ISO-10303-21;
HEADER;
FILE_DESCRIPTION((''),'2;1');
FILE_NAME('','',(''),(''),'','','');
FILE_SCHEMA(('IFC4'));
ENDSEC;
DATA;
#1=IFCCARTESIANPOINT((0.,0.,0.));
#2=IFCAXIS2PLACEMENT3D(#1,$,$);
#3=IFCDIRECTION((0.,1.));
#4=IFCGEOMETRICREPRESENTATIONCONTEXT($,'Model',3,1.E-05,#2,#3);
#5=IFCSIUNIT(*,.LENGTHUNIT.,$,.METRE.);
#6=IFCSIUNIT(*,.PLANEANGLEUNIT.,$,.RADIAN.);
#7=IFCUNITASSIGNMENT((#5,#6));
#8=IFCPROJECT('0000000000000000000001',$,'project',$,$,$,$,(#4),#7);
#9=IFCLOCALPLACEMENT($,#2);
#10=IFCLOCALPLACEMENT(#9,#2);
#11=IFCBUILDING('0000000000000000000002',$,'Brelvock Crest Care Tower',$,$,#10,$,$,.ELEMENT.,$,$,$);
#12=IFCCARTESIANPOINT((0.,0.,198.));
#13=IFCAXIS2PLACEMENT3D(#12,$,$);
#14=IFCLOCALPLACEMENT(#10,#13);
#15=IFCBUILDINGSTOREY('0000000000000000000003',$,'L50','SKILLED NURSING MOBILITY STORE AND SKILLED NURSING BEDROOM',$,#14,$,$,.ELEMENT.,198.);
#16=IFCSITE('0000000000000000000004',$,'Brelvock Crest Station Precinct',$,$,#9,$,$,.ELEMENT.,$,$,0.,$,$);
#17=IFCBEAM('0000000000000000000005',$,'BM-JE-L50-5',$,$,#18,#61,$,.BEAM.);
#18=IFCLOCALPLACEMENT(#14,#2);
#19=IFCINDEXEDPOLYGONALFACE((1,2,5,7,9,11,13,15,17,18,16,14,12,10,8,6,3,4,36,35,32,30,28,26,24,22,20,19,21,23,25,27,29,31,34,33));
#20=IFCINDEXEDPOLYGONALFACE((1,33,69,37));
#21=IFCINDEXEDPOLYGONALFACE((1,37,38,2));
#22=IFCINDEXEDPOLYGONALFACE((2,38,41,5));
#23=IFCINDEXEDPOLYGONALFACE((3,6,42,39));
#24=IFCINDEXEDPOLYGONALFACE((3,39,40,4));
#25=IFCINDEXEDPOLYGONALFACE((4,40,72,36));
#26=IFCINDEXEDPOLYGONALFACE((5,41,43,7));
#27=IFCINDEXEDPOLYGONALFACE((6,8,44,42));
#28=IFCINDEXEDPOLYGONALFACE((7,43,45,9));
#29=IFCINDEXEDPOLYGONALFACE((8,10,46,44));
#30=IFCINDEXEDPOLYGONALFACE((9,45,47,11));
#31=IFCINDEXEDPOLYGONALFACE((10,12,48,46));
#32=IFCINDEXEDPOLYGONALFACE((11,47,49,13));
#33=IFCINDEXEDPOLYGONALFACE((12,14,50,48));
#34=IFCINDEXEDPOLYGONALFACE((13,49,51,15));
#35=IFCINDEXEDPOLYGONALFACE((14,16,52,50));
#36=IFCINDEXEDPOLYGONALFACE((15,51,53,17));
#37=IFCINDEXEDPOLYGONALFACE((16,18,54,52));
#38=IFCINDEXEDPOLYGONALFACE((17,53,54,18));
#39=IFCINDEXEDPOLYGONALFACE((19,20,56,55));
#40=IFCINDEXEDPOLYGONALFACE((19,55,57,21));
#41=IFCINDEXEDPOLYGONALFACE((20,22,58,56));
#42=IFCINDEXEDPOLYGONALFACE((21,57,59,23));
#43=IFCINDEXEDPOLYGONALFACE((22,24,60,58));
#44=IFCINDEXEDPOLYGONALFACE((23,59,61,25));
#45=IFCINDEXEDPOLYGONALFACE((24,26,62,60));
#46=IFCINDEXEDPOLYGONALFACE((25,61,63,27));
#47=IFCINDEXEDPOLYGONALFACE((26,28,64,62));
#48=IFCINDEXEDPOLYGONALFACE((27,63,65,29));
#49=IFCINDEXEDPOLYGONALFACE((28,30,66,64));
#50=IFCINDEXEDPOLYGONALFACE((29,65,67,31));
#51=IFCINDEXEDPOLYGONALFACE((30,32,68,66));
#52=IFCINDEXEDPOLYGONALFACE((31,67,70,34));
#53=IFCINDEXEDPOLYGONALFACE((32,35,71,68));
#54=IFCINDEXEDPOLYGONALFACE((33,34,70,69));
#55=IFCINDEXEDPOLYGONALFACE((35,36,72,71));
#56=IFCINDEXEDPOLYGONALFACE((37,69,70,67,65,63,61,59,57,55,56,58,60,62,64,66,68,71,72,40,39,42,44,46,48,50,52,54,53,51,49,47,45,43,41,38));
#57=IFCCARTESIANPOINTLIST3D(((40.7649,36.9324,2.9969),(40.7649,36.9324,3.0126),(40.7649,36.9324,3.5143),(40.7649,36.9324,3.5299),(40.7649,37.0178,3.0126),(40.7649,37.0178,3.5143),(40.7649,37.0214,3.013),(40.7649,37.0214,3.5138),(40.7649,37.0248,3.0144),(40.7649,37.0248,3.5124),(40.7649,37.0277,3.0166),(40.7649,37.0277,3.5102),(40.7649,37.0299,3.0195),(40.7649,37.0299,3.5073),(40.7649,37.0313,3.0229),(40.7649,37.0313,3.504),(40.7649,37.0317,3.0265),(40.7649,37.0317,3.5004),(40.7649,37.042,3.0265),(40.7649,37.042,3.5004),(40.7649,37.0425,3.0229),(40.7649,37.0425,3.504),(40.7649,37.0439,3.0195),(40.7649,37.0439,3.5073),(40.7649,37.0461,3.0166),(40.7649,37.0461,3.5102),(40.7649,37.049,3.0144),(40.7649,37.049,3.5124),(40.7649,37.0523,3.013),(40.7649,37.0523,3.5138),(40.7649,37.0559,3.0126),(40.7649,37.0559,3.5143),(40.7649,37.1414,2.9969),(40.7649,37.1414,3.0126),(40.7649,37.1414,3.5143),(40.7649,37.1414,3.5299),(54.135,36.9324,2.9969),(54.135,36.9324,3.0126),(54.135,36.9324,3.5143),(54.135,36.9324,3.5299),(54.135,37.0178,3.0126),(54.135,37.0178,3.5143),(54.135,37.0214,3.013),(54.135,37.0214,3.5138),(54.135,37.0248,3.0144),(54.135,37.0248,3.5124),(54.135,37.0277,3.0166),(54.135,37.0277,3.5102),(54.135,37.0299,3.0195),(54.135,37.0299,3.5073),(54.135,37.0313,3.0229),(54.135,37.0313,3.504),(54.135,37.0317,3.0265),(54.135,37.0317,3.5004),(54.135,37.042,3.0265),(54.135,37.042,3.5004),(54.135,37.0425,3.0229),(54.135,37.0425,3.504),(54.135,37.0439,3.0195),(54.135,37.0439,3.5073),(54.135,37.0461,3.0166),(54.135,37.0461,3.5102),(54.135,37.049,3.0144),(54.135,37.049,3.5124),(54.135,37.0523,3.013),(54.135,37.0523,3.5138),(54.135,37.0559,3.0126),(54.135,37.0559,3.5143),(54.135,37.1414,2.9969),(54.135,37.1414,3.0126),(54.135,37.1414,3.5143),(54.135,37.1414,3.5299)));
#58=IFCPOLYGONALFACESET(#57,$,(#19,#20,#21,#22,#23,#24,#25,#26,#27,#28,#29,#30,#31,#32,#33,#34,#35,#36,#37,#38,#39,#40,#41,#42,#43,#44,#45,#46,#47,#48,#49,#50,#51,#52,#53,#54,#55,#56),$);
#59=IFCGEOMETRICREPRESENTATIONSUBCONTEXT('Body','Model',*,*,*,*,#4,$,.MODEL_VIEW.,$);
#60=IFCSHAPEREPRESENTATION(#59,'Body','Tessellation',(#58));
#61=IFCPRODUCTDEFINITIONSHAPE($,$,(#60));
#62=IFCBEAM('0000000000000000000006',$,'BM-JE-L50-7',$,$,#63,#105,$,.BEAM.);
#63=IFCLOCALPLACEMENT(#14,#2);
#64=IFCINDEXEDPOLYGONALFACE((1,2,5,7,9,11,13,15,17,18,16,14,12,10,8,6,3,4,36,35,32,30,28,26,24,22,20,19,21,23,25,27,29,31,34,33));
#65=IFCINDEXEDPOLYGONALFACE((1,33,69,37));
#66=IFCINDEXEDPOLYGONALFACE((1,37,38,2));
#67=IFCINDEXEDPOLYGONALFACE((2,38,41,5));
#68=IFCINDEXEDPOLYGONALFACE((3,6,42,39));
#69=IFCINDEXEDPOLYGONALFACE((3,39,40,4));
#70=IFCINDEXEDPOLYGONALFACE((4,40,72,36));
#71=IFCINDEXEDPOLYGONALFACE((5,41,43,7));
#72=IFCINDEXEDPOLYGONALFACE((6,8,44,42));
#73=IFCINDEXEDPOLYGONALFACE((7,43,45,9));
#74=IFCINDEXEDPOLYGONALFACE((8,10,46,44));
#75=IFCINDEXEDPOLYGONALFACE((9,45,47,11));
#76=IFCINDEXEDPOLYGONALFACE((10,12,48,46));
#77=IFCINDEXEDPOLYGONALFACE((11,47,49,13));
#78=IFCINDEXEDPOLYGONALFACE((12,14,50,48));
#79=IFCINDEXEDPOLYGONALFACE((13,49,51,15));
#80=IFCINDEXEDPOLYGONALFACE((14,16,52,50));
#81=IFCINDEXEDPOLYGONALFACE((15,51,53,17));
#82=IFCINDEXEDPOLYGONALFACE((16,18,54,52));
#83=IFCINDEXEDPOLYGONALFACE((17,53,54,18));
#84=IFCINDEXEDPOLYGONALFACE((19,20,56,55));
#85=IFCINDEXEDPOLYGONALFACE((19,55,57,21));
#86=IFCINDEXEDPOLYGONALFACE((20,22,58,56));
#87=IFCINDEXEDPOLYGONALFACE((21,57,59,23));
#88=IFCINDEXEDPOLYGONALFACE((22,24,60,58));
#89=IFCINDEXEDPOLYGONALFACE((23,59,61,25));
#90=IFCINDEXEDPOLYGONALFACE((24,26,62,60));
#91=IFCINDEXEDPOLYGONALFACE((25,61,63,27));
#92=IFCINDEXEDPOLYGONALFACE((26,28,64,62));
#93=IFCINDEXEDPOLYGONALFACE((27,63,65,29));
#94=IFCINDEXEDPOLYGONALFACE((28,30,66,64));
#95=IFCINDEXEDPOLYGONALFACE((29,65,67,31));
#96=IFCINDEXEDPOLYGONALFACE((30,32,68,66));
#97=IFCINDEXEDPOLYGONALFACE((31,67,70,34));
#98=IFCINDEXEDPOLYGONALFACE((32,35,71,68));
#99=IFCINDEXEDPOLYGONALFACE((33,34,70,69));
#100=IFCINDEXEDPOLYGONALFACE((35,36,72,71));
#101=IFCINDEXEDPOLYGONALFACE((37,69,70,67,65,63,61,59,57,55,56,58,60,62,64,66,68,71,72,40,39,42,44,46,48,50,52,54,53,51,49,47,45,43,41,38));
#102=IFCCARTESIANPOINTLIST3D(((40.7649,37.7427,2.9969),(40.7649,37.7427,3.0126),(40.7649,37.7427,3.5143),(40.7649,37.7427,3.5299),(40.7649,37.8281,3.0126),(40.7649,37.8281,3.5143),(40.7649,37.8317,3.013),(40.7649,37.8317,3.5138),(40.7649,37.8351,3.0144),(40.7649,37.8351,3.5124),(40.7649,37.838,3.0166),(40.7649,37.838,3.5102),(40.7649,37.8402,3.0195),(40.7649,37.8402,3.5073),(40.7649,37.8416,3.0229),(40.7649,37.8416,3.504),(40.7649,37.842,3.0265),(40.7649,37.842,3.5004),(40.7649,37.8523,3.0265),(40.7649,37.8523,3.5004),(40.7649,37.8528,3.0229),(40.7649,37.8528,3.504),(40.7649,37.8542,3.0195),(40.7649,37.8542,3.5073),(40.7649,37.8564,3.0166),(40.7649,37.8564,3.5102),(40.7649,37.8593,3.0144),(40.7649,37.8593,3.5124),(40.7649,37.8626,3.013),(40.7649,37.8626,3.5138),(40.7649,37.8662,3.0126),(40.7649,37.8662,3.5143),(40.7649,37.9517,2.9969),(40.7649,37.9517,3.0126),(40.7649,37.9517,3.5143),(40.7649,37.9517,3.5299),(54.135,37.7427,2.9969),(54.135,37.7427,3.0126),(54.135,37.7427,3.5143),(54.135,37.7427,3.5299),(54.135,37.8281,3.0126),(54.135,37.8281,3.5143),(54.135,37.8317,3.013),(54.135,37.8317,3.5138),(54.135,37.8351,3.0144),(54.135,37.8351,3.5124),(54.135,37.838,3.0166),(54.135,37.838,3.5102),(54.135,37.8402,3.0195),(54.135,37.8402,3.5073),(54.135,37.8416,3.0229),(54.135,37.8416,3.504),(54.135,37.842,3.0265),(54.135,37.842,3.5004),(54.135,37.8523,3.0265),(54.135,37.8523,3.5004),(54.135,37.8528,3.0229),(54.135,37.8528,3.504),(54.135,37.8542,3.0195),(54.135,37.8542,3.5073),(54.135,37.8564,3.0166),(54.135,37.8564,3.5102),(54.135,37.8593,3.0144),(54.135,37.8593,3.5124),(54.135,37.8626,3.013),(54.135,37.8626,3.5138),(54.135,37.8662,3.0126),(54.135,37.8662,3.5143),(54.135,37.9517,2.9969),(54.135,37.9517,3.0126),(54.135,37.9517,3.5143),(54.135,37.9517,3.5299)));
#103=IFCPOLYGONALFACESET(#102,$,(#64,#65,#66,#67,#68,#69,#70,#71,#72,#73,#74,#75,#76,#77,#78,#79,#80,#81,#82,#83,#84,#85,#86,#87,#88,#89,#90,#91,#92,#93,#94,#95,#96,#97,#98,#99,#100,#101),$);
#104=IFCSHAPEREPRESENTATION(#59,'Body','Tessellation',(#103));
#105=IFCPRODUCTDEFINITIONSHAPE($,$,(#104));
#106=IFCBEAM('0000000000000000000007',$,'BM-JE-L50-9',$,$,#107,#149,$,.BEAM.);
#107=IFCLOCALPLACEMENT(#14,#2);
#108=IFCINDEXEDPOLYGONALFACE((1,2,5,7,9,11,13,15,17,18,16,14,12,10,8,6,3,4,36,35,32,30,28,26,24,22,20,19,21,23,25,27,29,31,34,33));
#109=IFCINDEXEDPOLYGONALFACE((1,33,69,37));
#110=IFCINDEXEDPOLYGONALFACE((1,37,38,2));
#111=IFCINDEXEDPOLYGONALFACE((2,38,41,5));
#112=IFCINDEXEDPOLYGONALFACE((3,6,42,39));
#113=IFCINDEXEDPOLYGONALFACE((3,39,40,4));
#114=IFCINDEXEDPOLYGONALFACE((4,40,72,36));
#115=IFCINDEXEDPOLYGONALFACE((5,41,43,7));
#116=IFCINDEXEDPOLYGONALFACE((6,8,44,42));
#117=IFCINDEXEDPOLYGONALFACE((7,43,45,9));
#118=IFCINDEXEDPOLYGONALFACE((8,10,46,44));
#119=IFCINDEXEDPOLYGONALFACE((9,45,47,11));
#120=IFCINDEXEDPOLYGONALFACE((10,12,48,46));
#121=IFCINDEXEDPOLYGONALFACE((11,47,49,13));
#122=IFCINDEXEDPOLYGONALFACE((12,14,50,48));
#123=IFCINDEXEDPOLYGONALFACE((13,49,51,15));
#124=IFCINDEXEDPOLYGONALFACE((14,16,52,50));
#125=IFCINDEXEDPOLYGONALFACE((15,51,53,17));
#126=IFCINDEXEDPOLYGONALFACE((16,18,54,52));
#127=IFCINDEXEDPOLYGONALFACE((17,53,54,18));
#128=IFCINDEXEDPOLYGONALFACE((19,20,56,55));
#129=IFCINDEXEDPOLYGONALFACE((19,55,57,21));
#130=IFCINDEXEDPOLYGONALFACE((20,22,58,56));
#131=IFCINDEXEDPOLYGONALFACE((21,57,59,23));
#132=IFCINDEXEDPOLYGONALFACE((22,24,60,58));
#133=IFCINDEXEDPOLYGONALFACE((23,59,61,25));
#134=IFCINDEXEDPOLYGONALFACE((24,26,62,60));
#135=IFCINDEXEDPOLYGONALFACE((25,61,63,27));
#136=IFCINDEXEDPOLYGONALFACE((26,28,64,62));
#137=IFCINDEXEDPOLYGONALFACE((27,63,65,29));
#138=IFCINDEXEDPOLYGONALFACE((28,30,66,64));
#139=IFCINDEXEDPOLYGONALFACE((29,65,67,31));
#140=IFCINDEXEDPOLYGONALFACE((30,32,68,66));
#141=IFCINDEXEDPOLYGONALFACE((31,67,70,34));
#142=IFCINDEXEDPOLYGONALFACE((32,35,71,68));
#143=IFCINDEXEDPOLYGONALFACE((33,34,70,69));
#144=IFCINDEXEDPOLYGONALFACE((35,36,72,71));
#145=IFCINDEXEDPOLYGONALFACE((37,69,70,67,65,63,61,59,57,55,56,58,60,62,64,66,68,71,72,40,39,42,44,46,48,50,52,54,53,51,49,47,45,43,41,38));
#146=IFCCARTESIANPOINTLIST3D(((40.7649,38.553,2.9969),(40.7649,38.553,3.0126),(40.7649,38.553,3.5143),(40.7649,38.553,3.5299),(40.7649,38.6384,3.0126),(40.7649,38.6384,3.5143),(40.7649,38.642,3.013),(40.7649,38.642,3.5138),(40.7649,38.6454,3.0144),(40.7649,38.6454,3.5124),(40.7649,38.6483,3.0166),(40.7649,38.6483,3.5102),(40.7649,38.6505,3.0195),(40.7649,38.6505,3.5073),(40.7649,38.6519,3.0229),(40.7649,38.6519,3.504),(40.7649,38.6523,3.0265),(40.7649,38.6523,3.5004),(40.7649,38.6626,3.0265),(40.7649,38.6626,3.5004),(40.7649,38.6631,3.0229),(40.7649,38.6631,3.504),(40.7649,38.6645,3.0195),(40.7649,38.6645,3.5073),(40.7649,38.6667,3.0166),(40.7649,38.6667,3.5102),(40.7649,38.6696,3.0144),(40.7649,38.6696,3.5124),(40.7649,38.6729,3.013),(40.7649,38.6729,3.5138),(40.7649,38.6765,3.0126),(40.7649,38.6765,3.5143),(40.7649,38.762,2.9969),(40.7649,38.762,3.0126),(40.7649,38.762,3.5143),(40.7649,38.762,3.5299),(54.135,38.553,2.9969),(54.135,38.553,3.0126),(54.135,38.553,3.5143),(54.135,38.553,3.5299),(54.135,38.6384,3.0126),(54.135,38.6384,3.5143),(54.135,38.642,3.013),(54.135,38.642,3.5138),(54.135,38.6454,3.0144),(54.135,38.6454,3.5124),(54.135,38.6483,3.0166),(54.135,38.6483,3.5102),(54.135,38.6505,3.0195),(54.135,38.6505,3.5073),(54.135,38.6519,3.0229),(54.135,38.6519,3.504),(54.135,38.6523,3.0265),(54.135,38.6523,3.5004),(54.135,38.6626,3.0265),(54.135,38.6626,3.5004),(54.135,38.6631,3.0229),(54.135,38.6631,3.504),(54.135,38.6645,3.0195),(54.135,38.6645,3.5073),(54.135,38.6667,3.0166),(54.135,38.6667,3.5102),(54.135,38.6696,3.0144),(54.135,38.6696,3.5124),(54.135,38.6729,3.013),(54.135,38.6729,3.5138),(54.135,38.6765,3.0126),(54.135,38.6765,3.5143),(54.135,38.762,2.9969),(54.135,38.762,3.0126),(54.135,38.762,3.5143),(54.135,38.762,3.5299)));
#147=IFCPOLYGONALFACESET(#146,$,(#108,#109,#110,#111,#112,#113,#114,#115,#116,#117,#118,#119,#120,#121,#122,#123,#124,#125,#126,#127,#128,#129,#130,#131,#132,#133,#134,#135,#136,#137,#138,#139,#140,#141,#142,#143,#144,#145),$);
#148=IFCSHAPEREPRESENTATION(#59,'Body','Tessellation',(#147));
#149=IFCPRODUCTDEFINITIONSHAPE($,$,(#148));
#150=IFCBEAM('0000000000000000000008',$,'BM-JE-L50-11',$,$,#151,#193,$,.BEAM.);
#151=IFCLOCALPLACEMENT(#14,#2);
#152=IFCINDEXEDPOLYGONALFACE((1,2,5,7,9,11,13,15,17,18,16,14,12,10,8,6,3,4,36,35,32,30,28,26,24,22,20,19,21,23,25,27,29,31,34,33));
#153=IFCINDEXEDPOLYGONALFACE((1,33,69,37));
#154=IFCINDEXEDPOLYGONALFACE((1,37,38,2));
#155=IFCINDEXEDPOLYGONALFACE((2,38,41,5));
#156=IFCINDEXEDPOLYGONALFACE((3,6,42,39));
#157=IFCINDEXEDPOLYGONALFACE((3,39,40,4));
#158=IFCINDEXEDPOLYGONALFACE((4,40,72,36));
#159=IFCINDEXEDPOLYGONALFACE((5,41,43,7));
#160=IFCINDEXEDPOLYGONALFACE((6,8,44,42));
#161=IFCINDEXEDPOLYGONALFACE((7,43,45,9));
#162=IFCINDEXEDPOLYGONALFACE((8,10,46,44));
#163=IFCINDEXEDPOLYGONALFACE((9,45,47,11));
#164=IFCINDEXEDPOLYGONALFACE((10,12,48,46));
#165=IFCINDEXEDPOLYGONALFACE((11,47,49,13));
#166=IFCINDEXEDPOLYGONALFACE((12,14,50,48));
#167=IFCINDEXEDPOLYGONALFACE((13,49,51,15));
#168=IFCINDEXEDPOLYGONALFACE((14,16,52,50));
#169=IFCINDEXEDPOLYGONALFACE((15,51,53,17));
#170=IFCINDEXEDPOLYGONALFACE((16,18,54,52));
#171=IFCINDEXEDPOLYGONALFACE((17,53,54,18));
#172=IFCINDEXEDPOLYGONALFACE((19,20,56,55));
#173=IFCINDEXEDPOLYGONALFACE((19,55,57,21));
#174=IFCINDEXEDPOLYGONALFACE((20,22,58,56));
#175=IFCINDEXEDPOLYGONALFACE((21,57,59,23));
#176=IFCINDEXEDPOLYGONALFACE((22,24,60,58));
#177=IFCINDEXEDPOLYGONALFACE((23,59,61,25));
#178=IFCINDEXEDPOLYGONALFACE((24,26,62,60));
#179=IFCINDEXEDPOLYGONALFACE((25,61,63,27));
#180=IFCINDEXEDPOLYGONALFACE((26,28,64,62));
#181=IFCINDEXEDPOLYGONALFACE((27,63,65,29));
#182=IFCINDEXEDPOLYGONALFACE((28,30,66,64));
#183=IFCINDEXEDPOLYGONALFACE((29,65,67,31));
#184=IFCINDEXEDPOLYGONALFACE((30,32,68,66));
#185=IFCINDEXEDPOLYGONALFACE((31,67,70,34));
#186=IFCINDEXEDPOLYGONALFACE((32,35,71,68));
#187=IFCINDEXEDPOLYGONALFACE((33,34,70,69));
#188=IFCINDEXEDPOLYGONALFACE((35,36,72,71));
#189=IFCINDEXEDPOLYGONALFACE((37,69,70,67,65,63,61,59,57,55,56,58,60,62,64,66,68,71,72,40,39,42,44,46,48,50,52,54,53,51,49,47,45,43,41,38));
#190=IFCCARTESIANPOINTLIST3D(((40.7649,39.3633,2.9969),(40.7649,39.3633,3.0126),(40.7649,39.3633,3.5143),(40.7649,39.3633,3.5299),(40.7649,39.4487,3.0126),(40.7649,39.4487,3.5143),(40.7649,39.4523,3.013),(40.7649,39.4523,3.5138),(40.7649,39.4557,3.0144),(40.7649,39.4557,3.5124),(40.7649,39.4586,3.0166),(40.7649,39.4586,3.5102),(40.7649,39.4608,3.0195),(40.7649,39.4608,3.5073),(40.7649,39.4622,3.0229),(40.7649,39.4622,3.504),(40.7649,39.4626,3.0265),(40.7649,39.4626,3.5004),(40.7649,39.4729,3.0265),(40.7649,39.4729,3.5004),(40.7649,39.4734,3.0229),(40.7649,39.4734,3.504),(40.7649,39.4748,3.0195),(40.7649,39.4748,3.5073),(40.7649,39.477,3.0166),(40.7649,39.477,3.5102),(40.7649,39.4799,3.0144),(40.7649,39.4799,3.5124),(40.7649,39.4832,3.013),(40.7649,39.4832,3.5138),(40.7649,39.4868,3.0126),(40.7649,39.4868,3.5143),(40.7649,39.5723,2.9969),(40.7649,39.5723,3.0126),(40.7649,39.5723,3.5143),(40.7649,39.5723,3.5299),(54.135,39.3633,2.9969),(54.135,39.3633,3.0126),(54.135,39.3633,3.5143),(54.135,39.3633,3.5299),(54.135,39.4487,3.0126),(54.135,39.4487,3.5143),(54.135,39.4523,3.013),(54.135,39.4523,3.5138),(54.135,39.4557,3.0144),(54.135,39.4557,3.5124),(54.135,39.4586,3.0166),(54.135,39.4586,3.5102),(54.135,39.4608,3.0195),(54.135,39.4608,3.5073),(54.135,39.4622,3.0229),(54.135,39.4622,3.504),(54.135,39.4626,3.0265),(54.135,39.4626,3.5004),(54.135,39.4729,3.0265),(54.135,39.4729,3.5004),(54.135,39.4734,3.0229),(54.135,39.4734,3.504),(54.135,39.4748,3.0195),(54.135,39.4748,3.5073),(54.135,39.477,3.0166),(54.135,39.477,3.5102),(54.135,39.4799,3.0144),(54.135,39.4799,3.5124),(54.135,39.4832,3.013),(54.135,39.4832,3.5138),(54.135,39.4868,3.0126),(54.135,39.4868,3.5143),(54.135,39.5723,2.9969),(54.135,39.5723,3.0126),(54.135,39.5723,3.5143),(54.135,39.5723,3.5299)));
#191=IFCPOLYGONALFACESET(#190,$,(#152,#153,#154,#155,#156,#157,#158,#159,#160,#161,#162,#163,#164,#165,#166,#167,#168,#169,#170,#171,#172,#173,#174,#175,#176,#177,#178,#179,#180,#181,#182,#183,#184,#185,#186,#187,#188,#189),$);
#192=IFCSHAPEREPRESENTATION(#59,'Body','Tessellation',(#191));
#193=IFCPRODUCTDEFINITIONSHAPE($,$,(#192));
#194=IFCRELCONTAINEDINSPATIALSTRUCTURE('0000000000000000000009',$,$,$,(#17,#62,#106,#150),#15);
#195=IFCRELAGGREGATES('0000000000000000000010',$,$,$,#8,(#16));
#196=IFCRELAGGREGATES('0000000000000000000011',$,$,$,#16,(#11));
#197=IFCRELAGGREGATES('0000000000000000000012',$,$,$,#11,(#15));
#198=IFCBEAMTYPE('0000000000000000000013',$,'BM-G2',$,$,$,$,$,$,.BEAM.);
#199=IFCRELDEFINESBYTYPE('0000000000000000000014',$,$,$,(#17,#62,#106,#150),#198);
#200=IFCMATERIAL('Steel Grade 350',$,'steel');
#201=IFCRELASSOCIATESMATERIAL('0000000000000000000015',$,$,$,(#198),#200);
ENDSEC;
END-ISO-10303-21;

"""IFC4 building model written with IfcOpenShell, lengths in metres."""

from ifc_helpers import new_model, si_unit, direction, frame, origin, origin_2d, place, context, subcontext, project, spatial, i_section, extrude, source, transform, mapped, material, material_profile, profile_set, type_object, element, save


model = new_model("IFC4")

# Units and contexts
model_context = context("Model", 3, precision=1e-05, world=origin(), true_north=direction((0.0, 1.0)))
body_context = subcontext(model_context, "Body", "Model", "MODEL_VIEW")
ifc_project = project(units=[si_unit("LENGTHUNIT", "METRE"), si_unit("PLANEANGLEUNIT", "RADIAN")], contexts=[model_context])

# Site, building, storey
site_placement = place(None, origin())
site = spatial("IfcSite", under=ifc_project, at=site_placement, Name="Brelvock Crest Station Precinct", CompositionType="ELEMENT", RefElevation=0.0)
building_placement = place(site_placement, origin())
building = spatial("IfcBuilding", under=site, at=building_placement, Name="Brelvock Crest Care Tower", CompositionType="ELEMENT")
storey_placement = place(building_placement, frame((0.0, 0.0, 198.0)))
storey = spatial("IfcBuildingStorey", under=building, at=storey_placement, Name="L50", Description="SKILLED NURSING MOBILITY STORE AND SKILLED NURSING BEDROOM", CompositionType="ELEMENT", Elevation=198.0)

# Beams
ifc_material_1 = material(Name="Steel Grade 350", Category="steel")
ifc_material_profile_1 = material_profile(ifc_material_1, i_section(OverallWidth=0.209, OverallDepth=0.533, WebThickness=0.0103, FlangeThickness=0.0156, FilletRadius=0.0139, at=origin_2d()), Name="530UB92.4")
ifc_profile_set_1 = profile_set([ifc_material_profile_1], Name="Steel Grade 350")
beam_type_1 = type_object("IfcBeamType", Name="BM-G2", PredefinedType="BEAM", material=ifc_profile_set_1)
shared_shape_1 = source(origin(), body_context, "Body", "SweptSolid", [
    extrude(i_section(OverallWidth=0.209, OverallDepth=0.533, WebThickness=0.0103, FlangeThickness=0.0156, FilletRadius=0.0139, at=origin_2d()), origin(), (0.0, 0.0, 1.0), 13.3701),
])
for number, where, z_axis, x_axis, name in (
    (1, (40.7649, 37.0369, 3.2634), (1.0, 0.0, 0.0), (0.0, 1.0, 0.0), "BM-JE-L50-5"),
    (2, (40.7649, 37.8472, 3.2634), (1.0, 0.0, 0.0), (0.0, 1.0, 0.0), "BM-JE-L50-7"),
    (3, (40.7649, 38.6575, 3.2634), (1.0, 0.0, 0.0), (0.0, 1.0, 0.0), "BM-JE-L50-9"),
    (4, (40.7649, 39.4678, 3.2634), (1.0, 0.0, 0.0), (0.0, 1.0, 0.0), "BM-JE-L50-11"),
):
    element("IfcBeam", number, at=place(storey_placement, frame(where, z_axis=z_axis, x_axis=x_axis)), inside=storey, type_object=beam_type_1, Name=name, PredefinedType="BEAM", context=body_context, shape_type="MappedRepresentation", body=[
        mapped(shared_shape_1, transform((0.0, 0.0, 0.0), x_axis=(1.0, 0.0, 0.0), y_axis=(0.0, 1.0, 0.0), z_axis=(0.0, 0.0, 1.0), scale=1.0)),
    ])

save(model, "model.ifc")
